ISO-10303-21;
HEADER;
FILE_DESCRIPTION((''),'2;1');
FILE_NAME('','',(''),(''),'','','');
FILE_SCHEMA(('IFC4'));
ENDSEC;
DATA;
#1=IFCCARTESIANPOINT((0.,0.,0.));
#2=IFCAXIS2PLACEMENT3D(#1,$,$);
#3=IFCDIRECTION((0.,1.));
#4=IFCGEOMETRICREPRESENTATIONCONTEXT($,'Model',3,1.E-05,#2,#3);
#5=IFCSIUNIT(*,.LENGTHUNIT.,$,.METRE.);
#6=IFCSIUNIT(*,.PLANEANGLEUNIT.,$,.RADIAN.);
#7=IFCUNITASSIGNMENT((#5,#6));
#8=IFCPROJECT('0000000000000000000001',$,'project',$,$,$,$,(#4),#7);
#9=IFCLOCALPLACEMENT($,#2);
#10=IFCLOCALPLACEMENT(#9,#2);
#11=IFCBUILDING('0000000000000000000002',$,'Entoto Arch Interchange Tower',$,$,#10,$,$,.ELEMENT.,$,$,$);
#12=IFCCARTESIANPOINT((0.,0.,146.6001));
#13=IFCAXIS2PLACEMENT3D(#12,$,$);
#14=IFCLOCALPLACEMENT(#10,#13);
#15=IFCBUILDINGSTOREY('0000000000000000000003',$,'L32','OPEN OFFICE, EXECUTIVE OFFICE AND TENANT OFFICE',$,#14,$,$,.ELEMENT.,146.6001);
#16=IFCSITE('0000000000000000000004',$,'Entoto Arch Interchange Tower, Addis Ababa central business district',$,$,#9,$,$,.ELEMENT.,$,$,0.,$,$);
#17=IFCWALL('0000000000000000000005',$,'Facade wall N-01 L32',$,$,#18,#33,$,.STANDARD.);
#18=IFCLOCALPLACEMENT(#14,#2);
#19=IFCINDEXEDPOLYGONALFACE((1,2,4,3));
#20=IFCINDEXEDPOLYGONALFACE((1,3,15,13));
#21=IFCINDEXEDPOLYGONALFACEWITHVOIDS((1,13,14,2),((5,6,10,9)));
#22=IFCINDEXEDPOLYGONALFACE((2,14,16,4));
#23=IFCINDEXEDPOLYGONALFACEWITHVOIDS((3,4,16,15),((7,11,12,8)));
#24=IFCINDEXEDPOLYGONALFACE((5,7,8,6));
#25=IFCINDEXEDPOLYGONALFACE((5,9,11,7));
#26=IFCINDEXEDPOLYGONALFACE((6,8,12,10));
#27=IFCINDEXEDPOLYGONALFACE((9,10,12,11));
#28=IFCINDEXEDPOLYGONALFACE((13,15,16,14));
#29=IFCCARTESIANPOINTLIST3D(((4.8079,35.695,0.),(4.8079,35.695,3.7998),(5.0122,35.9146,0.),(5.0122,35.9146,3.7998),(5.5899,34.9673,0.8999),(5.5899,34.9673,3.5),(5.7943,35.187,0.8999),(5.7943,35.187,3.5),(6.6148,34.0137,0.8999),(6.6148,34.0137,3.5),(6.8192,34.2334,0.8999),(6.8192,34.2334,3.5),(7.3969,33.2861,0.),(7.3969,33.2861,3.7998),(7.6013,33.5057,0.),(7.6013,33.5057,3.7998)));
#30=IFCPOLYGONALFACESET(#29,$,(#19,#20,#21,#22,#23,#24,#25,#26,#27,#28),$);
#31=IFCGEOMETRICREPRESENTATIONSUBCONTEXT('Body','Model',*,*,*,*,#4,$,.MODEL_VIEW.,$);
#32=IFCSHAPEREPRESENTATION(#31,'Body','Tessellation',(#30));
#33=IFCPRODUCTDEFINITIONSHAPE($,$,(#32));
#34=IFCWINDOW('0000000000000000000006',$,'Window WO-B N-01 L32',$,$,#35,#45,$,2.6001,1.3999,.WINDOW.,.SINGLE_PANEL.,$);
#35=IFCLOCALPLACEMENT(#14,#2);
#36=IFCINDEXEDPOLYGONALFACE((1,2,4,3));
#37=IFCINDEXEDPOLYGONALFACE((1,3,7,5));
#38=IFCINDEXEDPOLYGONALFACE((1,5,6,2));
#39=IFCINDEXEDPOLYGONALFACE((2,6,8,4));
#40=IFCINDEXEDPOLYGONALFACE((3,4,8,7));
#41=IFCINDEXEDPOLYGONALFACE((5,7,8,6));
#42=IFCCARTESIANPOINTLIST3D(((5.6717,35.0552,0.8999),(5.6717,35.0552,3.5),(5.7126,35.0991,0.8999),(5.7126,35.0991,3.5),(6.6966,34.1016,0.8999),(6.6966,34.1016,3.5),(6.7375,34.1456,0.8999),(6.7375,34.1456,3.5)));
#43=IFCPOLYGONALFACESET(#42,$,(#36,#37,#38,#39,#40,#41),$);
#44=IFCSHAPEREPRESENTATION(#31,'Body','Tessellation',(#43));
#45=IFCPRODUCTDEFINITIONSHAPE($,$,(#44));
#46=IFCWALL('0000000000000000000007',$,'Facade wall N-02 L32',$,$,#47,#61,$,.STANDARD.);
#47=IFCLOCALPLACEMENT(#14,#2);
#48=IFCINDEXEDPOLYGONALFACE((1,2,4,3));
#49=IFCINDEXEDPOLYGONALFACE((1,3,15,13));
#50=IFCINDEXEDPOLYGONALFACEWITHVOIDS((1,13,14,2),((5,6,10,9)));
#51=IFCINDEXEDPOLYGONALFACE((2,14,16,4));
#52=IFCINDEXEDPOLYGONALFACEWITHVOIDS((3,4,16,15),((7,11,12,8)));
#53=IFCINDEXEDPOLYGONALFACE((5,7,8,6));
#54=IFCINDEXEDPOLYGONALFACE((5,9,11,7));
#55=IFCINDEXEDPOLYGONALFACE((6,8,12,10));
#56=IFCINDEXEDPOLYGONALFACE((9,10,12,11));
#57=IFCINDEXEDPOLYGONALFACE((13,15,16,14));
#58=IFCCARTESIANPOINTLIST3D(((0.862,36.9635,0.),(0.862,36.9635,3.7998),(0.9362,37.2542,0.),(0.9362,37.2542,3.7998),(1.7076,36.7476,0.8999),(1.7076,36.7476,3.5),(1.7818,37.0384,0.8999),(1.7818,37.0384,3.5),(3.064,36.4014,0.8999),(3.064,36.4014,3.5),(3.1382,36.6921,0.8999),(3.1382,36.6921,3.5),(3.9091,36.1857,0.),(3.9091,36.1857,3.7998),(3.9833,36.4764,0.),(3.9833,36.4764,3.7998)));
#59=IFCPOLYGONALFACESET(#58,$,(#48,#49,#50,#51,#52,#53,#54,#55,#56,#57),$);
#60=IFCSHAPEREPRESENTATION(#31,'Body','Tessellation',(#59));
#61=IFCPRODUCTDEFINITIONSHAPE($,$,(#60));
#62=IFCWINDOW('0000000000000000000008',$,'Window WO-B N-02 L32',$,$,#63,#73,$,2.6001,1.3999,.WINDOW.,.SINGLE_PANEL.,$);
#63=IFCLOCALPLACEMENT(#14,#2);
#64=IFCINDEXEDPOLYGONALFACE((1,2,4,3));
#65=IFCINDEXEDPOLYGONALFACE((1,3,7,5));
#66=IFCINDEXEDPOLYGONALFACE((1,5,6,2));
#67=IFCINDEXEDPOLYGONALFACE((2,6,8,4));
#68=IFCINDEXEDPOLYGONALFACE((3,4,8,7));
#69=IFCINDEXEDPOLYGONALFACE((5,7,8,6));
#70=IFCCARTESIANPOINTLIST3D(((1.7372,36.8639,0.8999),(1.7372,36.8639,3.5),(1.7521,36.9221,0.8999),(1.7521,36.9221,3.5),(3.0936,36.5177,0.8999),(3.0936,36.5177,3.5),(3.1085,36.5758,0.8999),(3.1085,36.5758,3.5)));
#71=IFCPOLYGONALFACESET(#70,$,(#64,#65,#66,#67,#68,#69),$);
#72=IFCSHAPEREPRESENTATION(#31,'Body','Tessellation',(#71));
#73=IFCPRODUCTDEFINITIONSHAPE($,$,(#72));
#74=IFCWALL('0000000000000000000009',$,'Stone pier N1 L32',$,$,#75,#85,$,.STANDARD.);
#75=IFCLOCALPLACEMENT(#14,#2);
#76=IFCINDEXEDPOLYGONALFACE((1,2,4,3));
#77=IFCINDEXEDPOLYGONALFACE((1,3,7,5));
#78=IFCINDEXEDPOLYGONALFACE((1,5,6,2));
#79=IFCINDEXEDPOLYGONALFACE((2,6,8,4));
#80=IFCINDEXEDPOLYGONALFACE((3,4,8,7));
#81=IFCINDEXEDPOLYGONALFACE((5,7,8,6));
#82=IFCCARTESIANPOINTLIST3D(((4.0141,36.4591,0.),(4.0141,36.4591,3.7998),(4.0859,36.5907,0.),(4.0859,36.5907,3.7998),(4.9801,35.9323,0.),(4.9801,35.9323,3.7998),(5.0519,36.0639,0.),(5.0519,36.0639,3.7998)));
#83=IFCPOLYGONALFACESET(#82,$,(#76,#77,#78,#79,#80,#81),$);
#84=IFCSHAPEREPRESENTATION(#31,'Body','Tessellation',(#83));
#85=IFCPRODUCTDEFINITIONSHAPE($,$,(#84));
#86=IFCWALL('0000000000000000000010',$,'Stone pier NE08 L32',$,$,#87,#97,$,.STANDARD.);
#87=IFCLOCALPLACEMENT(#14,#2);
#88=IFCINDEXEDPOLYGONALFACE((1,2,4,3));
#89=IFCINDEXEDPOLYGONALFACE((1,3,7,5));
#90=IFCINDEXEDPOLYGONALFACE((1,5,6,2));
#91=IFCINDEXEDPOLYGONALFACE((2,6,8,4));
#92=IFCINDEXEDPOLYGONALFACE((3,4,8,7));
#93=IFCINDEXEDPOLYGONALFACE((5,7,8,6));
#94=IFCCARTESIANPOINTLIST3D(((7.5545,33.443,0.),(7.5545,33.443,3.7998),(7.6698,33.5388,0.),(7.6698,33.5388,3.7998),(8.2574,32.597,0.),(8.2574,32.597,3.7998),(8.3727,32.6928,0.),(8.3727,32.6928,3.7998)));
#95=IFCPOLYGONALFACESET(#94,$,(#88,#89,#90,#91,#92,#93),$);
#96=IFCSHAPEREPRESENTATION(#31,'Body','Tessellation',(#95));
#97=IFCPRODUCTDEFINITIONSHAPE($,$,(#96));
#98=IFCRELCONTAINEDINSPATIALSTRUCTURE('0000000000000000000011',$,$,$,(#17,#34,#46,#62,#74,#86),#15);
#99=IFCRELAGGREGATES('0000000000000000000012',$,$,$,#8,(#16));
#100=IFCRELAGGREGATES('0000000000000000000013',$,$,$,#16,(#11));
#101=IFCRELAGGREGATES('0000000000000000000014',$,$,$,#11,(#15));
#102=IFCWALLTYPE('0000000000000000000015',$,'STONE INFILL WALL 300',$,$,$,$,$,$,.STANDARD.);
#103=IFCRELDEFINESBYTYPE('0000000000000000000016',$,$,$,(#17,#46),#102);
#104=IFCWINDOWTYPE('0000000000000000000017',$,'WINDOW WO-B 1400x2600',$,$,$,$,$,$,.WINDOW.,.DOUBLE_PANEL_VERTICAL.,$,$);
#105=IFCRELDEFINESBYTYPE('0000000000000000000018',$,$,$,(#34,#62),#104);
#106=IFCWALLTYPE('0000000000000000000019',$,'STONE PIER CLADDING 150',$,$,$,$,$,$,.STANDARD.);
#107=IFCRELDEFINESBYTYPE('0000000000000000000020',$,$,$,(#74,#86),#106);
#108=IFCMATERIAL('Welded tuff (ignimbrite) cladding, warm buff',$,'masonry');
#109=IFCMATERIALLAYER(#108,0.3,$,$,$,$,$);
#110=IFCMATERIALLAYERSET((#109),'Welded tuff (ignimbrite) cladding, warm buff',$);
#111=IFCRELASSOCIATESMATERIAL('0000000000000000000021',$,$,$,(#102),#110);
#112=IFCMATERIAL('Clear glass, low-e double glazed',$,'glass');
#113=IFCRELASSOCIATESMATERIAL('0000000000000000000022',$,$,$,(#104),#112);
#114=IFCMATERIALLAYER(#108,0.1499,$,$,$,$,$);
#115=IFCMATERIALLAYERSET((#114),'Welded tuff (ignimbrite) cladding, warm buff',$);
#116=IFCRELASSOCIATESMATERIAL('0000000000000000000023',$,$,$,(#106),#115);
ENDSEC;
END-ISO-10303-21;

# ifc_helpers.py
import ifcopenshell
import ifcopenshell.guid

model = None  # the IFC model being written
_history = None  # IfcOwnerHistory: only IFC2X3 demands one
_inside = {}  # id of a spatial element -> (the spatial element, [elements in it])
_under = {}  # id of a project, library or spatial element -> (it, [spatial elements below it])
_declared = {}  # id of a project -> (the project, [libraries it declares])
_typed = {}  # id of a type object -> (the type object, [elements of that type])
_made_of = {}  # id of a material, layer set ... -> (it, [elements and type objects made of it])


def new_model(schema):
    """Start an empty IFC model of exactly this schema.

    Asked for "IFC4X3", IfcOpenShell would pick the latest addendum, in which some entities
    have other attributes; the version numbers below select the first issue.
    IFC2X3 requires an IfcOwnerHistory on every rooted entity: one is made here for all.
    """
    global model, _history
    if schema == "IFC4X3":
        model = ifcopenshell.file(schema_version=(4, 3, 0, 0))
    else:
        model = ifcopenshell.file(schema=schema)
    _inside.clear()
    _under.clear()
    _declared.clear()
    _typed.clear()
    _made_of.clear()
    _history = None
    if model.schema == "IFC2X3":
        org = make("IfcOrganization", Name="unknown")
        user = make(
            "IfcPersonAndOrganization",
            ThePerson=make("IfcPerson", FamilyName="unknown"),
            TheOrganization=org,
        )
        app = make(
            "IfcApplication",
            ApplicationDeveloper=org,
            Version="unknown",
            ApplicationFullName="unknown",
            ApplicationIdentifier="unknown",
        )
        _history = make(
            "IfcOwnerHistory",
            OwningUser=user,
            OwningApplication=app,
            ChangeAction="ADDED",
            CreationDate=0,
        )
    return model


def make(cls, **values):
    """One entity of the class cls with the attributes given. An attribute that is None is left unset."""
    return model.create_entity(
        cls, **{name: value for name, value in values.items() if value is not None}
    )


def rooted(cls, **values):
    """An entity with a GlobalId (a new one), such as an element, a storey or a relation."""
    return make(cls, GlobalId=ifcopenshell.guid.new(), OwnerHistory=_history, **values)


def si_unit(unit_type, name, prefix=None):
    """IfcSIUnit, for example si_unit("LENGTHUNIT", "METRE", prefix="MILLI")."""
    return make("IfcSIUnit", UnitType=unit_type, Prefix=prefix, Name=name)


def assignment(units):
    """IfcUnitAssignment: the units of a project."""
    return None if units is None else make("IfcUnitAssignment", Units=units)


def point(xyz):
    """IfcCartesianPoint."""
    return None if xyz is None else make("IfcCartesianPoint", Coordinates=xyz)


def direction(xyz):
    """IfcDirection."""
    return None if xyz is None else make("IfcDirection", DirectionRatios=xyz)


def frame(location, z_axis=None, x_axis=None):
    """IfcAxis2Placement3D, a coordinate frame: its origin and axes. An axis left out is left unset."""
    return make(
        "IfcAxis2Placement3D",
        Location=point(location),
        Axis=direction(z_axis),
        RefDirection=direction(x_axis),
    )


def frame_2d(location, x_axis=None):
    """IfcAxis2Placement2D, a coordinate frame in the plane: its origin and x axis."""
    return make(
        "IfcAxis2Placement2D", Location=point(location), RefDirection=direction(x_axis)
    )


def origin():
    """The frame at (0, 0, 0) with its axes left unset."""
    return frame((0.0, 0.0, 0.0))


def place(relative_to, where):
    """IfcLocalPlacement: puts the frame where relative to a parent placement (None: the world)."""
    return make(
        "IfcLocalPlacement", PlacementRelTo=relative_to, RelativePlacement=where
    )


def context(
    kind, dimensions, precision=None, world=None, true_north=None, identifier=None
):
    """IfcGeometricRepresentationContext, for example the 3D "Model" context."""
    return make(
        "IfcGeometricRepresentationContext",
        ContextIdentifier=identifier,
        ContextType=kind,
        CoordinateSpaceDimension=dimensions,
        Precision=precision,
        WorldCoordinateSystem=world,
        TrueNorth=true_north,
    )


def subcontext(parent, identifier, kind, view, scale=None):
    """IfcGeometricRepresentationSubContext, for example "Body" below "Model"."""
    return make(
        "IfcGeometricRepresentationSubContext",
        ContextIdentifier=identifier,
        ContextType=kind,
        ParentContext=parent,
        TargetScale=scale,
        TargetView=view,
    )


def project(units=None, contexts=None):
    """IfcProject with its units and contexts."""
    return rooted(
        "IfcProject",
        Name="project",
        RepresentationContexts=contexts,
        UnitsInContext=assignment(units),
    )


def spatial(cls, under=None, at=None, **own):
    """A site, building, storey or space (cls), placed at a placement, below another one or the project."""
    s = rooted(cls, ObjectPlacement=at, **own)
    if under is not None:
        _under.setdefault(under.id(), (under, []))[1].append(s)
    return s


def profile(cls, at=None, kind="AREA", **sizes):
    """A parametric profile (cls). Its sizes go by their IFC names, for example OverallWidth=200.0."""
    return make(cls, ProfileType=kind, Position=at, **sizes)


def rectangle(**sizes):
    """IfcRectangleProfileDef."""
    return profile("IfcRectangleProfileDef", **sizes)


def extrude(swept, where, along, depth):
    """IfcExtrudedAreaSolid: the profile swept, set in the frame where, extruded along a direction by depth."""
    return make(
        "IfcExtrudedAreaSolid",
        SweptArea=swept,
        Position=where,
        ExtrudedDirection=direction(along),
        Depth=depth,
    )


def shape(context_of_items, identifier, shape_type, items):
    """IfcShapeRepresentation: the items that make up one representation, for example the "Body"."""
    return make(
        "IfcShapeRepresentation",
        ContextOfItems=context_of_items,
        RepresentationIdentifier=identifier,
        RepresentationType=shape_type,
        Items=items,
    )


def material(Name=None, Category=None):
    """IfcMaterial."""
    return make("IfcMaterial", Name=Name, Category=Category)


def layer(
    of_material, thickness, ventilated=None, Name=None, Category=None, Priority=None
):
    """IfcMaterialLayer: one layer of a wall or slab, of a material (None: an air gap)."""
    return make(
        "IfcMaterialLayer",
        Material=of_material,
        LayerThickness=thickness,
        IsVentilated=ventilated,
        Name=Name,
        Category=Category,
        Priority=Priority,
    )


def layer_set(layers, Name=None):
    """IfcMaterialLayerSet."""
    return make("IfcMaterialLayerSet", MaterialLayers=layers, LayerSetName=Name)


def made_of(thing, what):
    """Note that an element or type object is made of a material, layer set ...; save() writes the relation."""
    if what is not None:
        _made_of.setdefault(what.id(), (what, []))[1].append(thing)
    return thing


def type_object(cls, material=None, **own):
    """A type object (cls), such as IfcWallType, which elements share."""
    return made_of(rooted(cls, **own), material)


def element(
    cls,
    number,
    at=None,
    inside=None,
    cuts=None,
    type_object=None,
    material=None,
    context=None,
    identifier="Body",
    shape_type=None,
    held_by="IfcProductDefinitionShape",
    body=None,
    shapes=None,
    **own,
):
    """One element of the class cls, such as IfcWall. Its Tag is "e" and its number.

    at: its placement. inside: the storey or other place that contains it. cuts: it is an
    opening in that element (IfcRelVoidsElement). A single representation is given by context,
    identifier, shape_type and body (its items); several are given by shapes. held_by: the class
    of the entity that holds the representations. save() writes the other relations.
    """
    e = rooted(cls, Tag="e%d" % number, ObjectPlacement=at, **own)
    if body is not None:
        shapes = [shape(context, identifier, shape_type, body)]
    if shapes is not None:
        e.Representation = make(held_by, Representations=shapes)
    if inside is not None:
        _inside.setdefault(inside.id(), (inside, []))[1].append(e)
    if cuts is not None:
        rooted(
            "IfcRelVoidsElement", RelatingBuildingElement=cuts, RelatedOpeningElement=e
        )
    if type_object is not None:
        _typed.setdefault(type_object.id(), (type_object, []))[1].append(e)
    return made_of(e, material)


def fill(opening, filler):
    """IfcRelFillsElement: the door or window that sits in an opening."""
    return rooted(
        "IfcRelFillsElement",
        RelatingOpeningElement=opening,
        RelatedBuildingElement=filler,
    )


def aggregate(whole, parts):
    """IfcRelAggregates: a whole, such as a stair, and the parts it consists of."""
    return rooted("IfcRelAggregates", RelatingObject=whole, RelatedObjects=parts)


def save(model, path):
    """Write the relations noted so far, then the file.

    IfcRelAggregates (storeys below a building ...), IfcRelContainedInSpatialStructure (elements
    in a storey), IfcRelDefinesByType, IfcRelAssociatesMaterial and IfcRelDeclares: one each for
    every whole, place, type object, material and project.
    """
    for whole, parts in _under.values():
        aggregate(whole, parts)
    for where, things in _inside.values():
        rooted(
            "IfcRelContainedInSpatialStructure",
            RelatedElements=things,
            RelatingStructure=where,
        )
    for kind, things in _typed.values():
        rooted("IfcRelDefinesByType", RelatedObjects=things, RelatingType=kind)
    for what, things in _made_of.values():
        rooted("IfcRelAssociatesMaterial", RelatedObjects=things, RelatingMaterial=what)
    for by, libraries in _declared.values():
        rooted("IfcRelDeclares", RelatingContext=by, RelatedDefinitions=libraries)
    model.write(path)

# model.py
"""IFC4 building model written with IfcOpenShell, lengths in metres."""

from ifc_helpers import new_model, si_unit, direction, frame, frame_2d, origin, place, context, subcontext, project, spatial, rectangle, extrude, material, layer, layer_set, type_object, element, fill, save


model = new_model("IFC4")

# Units and contexts
model_context = context("Model", 3, precision=1e-05, world=origin(), true_north=direction((0.0, 1.0)))
body_context = subcontext(model_context, "Body", "Model", "MODEL_VIEW")
ifc_project = project(units=[si_unit("LENGTHUNIT", "METRE"), si_unit("PLANEANGLEUNIT", "RADIAN")], contexts=[model_context])

# Site, building, storey
site_placement = place(None, origin())
site = spatial("IfcSite", under=ifc_project, at=site_placement, Name="Entoto Arch Interchange Tower, Addis Ababa central business district", CompositionType="ELEMENT", RefElevation=0.0)
building_placement = place(site_placement, origin())
building = spatial("IfcBuilding", under=site, at=building_placement, Name="Entoto Arch Interchange Tower", CompositionType="ELEMENT")
storey_placement = place(building_placement, frame((0.0, 0.0, 146.6001)))
storey = spatial("IfcBuildingStorey", under=building, at=storey_placement, Name="L32", Description="OPEN OFFICE, EXECUTIVE OFFICE AND TENANT OFFICE", CompositionType="ELEMENT", Elevation=146.6001)

# Shared definitions
ifc_material_1 = material(Name="Welded tuff (ignimbrite) cladding, warm buff", Category="masonry")
ifc_layer_1 = layer(ifc_material_1, 0.3)
ifc_layer_set_1 = layer_set([ifc_layer_1], Name="Welded tuff (ignimbrite) cladding, warm buff")
wall_type_1 = type_object("IfcWallType", Name="STONE INFILL WALL 300", PredefinedType="STANDARD", material=ifc_layer_set_1)
ifc_material_2 = material(Name="Clear glass, low-e double glazed", Category="glass")

# Walls, openings, windows
wall_1_placement = place(storey_placement, frame((7.499, 33.396, 0.0), z_axis=(0.0, 0.0, 1.0), x_axis=(-0.732122, 0.681174, 0.0)))
wall_1 = element("IfcWall", 1, at=wall_1_placement, inside=storey, type_object=wall_type_1, Name="Facade wall N-01 L32", PredefinedType="STANDARD", context=body_context, shape_type="SweptSolid", body=[
    extrude(rectangle(XDim=3.5364, YDim=0.3, at=frame_2d((1.7681, 0.0))), origin(), (0.0, 0.0, 1.0), 3.7998),
])
opening_1_placement = place(wall_1_placement, frame((1.0681, 0.0, 0.8999)))
opening_1 = element("IfcOpeningElement", 2, at=opening_1_placement, cuts=wall_1, PredefinedType="OPENING", context=body_context, shape_type="SweptSolid", body=[
    extrude(rectangle(XDim=1.3999, YDim=2.6001, at=frame_2d((0.7, 1.3))), frame((0.0, 0.1602, 0.0), z_axis=(0.0, -1.0, 0.0), x_axis=(1.0, 0.0, 0.0)), (0.0, 0.0, 1.0), 0.3201),
])
window_type_1 = type_object("IfcWindowType", Name="WINDOW WO-B 1400x2600", PartitioningType="DOUBLE_PANEL_VERTICAL", PredefinedType="WINDOW", material=ifc_material_2)
window_1_placement = place(opening_1_placement, origin())
window_1 = element("IfcWindow", 3, at=window_1_placement, inside=storey, type_object=window_type_1, Name="Window WO-B N-01 L32", OverallHeight=2.6001, OverallWidth=1.3999, PartitioningType="SINGLE_PANEL", PredefinedType="WINDOW", context=body_context, shape_type="SweptSolid", body=[
    extrude(rectangle(XDim=1.3999, YDim=2.6001, at=frame_2d((0.7, 1.3))), frame((0.0, 0.03, 0.0), z_axis=(0.0, -1.0, 0.0), x_axis=(1.0, 0.0, 0.0)), (0.0, 0.0, 1.0), 0.0601),
])
fill(opening_1, window_1)
wall_2_placement = place(storey_placement, frame((3.946, 36.3311, 0.0), z_axis=(0.0, 0.0, 1.0), x_axis=(-0.96893, 0.247337, 0.0)))
wall_2 = element("IfcWall", 4, at=wall_2_placement, inside=storey, type_object=wall_type_1, Name="Facade wall N-02 L32", PredefinedType="STANDARD", context=body_context, shape_type="SweptSolid", body=[
    extrude(rectangle(XDim=3.1448, YDim=0.3, at=frame_2d((1.5723, 0.0))), origin(), (0.0, 0.0, 1.0), 3.7998),
])
opening_2_placement = place(wall_2_placement, frame((0.8721, 0.0, 0.8999)))
opening_2 = element("IfcOpeningElement", 5, at=opening_2_placement, cuts=wall_2, PredefinedType="OPENING", context=body_context, shape_type="SweptSolid", body=[
    extrude(rectangle(XDim=1.3999, YDim=2.6001, at=frame_2d((0.7, 1.3))), frame((0.0, 0.1602, 0.0), z_axis=(0.0, -1.0, 0.0), x_axis=(1.0, 0.0, 0.0)), (0.0, 0.0, 1.0), 0.3201),
])
window_2_placement = place(opening_2_placement, origin())
window_2 = element("IfcWindow", 6, at=window_2_placement, inside=storey, type_object=window_type_1, Name="Window WO-B N-02 L32", OverallHeight=2.6001, OverallWidth=1.3999, PartitioningType="SINGLE_PANEL", PredefinedType="WINDOW", context=body_context, shape_type="SweptSolid", body=[
    extrude(rectangle(XDim=1.3999, YDim=2.6001, at=frame_2d((0.7, 1.3))), frame((0.0, 0.03, 0.0), z_axis=(0.0, -1.0, 0.0), x_axis=(1.0, 0.0, 0.0)), (0.0, 0.0, 1.0), 0.0601),
])
fill(opening_2, window_2)

# Walls
ifc_layer_2 = layer(ifc_material_1, 0.1499)
ifc_layer_set_2 = layer_set([ifc_layer_2], Name="Welded tuff (ignimbrite) cladding, warm buff")
wall_type_2 = type_object("IfcWallType", Name="STONE PIER CLADDING 150", PredefinedType="STANDARD", material=ifc_layer_set_2)
wall_3_placement = place(storey_placement, frame((5.0161, 35.998, 0.0), z_axis=(0.0, 0.0, 1.0), x_axis=(-0.877929, 0.47879, 0.0)))
element("IfcWall", 7, at=wall_3_placement, inside=storey, type_object=wall_type_2, Name="Stone pier N1 L32", PredefinedType="STANDARD", context=body_context, shape_type="SweptSolid", body=[
    extrude(rectangle(XDim=1.1003, YDim=0.1499, at=frame_2d((0.5503, 0.0))), origin(), (0.0, 0.0, 1.0), 3.7998),
])
wall_4_placement = place(storey_placement, frame((8.3149, 32.645, 0.0), z_axis=(0.0, 0.0, 1.0), x_axis=(-0.63907, 0.769148, 0.0)))
element("IfcWall", 8, at=wall_4_placement, inside=storey, type_object=wall_type_2, Name="Stone pier NE08 L32", PredefinedType="STANDARD", context=body_context, shape_type="SweptSolid", body=[
    extrude(rectangle(XDim=1.0999, YDim=0.1499, at=frame_2d((0.5498, 0.0))), origin(), (0.0, 0.0, 1.0), 3.7998),
])

save(model, "model.ifc")
